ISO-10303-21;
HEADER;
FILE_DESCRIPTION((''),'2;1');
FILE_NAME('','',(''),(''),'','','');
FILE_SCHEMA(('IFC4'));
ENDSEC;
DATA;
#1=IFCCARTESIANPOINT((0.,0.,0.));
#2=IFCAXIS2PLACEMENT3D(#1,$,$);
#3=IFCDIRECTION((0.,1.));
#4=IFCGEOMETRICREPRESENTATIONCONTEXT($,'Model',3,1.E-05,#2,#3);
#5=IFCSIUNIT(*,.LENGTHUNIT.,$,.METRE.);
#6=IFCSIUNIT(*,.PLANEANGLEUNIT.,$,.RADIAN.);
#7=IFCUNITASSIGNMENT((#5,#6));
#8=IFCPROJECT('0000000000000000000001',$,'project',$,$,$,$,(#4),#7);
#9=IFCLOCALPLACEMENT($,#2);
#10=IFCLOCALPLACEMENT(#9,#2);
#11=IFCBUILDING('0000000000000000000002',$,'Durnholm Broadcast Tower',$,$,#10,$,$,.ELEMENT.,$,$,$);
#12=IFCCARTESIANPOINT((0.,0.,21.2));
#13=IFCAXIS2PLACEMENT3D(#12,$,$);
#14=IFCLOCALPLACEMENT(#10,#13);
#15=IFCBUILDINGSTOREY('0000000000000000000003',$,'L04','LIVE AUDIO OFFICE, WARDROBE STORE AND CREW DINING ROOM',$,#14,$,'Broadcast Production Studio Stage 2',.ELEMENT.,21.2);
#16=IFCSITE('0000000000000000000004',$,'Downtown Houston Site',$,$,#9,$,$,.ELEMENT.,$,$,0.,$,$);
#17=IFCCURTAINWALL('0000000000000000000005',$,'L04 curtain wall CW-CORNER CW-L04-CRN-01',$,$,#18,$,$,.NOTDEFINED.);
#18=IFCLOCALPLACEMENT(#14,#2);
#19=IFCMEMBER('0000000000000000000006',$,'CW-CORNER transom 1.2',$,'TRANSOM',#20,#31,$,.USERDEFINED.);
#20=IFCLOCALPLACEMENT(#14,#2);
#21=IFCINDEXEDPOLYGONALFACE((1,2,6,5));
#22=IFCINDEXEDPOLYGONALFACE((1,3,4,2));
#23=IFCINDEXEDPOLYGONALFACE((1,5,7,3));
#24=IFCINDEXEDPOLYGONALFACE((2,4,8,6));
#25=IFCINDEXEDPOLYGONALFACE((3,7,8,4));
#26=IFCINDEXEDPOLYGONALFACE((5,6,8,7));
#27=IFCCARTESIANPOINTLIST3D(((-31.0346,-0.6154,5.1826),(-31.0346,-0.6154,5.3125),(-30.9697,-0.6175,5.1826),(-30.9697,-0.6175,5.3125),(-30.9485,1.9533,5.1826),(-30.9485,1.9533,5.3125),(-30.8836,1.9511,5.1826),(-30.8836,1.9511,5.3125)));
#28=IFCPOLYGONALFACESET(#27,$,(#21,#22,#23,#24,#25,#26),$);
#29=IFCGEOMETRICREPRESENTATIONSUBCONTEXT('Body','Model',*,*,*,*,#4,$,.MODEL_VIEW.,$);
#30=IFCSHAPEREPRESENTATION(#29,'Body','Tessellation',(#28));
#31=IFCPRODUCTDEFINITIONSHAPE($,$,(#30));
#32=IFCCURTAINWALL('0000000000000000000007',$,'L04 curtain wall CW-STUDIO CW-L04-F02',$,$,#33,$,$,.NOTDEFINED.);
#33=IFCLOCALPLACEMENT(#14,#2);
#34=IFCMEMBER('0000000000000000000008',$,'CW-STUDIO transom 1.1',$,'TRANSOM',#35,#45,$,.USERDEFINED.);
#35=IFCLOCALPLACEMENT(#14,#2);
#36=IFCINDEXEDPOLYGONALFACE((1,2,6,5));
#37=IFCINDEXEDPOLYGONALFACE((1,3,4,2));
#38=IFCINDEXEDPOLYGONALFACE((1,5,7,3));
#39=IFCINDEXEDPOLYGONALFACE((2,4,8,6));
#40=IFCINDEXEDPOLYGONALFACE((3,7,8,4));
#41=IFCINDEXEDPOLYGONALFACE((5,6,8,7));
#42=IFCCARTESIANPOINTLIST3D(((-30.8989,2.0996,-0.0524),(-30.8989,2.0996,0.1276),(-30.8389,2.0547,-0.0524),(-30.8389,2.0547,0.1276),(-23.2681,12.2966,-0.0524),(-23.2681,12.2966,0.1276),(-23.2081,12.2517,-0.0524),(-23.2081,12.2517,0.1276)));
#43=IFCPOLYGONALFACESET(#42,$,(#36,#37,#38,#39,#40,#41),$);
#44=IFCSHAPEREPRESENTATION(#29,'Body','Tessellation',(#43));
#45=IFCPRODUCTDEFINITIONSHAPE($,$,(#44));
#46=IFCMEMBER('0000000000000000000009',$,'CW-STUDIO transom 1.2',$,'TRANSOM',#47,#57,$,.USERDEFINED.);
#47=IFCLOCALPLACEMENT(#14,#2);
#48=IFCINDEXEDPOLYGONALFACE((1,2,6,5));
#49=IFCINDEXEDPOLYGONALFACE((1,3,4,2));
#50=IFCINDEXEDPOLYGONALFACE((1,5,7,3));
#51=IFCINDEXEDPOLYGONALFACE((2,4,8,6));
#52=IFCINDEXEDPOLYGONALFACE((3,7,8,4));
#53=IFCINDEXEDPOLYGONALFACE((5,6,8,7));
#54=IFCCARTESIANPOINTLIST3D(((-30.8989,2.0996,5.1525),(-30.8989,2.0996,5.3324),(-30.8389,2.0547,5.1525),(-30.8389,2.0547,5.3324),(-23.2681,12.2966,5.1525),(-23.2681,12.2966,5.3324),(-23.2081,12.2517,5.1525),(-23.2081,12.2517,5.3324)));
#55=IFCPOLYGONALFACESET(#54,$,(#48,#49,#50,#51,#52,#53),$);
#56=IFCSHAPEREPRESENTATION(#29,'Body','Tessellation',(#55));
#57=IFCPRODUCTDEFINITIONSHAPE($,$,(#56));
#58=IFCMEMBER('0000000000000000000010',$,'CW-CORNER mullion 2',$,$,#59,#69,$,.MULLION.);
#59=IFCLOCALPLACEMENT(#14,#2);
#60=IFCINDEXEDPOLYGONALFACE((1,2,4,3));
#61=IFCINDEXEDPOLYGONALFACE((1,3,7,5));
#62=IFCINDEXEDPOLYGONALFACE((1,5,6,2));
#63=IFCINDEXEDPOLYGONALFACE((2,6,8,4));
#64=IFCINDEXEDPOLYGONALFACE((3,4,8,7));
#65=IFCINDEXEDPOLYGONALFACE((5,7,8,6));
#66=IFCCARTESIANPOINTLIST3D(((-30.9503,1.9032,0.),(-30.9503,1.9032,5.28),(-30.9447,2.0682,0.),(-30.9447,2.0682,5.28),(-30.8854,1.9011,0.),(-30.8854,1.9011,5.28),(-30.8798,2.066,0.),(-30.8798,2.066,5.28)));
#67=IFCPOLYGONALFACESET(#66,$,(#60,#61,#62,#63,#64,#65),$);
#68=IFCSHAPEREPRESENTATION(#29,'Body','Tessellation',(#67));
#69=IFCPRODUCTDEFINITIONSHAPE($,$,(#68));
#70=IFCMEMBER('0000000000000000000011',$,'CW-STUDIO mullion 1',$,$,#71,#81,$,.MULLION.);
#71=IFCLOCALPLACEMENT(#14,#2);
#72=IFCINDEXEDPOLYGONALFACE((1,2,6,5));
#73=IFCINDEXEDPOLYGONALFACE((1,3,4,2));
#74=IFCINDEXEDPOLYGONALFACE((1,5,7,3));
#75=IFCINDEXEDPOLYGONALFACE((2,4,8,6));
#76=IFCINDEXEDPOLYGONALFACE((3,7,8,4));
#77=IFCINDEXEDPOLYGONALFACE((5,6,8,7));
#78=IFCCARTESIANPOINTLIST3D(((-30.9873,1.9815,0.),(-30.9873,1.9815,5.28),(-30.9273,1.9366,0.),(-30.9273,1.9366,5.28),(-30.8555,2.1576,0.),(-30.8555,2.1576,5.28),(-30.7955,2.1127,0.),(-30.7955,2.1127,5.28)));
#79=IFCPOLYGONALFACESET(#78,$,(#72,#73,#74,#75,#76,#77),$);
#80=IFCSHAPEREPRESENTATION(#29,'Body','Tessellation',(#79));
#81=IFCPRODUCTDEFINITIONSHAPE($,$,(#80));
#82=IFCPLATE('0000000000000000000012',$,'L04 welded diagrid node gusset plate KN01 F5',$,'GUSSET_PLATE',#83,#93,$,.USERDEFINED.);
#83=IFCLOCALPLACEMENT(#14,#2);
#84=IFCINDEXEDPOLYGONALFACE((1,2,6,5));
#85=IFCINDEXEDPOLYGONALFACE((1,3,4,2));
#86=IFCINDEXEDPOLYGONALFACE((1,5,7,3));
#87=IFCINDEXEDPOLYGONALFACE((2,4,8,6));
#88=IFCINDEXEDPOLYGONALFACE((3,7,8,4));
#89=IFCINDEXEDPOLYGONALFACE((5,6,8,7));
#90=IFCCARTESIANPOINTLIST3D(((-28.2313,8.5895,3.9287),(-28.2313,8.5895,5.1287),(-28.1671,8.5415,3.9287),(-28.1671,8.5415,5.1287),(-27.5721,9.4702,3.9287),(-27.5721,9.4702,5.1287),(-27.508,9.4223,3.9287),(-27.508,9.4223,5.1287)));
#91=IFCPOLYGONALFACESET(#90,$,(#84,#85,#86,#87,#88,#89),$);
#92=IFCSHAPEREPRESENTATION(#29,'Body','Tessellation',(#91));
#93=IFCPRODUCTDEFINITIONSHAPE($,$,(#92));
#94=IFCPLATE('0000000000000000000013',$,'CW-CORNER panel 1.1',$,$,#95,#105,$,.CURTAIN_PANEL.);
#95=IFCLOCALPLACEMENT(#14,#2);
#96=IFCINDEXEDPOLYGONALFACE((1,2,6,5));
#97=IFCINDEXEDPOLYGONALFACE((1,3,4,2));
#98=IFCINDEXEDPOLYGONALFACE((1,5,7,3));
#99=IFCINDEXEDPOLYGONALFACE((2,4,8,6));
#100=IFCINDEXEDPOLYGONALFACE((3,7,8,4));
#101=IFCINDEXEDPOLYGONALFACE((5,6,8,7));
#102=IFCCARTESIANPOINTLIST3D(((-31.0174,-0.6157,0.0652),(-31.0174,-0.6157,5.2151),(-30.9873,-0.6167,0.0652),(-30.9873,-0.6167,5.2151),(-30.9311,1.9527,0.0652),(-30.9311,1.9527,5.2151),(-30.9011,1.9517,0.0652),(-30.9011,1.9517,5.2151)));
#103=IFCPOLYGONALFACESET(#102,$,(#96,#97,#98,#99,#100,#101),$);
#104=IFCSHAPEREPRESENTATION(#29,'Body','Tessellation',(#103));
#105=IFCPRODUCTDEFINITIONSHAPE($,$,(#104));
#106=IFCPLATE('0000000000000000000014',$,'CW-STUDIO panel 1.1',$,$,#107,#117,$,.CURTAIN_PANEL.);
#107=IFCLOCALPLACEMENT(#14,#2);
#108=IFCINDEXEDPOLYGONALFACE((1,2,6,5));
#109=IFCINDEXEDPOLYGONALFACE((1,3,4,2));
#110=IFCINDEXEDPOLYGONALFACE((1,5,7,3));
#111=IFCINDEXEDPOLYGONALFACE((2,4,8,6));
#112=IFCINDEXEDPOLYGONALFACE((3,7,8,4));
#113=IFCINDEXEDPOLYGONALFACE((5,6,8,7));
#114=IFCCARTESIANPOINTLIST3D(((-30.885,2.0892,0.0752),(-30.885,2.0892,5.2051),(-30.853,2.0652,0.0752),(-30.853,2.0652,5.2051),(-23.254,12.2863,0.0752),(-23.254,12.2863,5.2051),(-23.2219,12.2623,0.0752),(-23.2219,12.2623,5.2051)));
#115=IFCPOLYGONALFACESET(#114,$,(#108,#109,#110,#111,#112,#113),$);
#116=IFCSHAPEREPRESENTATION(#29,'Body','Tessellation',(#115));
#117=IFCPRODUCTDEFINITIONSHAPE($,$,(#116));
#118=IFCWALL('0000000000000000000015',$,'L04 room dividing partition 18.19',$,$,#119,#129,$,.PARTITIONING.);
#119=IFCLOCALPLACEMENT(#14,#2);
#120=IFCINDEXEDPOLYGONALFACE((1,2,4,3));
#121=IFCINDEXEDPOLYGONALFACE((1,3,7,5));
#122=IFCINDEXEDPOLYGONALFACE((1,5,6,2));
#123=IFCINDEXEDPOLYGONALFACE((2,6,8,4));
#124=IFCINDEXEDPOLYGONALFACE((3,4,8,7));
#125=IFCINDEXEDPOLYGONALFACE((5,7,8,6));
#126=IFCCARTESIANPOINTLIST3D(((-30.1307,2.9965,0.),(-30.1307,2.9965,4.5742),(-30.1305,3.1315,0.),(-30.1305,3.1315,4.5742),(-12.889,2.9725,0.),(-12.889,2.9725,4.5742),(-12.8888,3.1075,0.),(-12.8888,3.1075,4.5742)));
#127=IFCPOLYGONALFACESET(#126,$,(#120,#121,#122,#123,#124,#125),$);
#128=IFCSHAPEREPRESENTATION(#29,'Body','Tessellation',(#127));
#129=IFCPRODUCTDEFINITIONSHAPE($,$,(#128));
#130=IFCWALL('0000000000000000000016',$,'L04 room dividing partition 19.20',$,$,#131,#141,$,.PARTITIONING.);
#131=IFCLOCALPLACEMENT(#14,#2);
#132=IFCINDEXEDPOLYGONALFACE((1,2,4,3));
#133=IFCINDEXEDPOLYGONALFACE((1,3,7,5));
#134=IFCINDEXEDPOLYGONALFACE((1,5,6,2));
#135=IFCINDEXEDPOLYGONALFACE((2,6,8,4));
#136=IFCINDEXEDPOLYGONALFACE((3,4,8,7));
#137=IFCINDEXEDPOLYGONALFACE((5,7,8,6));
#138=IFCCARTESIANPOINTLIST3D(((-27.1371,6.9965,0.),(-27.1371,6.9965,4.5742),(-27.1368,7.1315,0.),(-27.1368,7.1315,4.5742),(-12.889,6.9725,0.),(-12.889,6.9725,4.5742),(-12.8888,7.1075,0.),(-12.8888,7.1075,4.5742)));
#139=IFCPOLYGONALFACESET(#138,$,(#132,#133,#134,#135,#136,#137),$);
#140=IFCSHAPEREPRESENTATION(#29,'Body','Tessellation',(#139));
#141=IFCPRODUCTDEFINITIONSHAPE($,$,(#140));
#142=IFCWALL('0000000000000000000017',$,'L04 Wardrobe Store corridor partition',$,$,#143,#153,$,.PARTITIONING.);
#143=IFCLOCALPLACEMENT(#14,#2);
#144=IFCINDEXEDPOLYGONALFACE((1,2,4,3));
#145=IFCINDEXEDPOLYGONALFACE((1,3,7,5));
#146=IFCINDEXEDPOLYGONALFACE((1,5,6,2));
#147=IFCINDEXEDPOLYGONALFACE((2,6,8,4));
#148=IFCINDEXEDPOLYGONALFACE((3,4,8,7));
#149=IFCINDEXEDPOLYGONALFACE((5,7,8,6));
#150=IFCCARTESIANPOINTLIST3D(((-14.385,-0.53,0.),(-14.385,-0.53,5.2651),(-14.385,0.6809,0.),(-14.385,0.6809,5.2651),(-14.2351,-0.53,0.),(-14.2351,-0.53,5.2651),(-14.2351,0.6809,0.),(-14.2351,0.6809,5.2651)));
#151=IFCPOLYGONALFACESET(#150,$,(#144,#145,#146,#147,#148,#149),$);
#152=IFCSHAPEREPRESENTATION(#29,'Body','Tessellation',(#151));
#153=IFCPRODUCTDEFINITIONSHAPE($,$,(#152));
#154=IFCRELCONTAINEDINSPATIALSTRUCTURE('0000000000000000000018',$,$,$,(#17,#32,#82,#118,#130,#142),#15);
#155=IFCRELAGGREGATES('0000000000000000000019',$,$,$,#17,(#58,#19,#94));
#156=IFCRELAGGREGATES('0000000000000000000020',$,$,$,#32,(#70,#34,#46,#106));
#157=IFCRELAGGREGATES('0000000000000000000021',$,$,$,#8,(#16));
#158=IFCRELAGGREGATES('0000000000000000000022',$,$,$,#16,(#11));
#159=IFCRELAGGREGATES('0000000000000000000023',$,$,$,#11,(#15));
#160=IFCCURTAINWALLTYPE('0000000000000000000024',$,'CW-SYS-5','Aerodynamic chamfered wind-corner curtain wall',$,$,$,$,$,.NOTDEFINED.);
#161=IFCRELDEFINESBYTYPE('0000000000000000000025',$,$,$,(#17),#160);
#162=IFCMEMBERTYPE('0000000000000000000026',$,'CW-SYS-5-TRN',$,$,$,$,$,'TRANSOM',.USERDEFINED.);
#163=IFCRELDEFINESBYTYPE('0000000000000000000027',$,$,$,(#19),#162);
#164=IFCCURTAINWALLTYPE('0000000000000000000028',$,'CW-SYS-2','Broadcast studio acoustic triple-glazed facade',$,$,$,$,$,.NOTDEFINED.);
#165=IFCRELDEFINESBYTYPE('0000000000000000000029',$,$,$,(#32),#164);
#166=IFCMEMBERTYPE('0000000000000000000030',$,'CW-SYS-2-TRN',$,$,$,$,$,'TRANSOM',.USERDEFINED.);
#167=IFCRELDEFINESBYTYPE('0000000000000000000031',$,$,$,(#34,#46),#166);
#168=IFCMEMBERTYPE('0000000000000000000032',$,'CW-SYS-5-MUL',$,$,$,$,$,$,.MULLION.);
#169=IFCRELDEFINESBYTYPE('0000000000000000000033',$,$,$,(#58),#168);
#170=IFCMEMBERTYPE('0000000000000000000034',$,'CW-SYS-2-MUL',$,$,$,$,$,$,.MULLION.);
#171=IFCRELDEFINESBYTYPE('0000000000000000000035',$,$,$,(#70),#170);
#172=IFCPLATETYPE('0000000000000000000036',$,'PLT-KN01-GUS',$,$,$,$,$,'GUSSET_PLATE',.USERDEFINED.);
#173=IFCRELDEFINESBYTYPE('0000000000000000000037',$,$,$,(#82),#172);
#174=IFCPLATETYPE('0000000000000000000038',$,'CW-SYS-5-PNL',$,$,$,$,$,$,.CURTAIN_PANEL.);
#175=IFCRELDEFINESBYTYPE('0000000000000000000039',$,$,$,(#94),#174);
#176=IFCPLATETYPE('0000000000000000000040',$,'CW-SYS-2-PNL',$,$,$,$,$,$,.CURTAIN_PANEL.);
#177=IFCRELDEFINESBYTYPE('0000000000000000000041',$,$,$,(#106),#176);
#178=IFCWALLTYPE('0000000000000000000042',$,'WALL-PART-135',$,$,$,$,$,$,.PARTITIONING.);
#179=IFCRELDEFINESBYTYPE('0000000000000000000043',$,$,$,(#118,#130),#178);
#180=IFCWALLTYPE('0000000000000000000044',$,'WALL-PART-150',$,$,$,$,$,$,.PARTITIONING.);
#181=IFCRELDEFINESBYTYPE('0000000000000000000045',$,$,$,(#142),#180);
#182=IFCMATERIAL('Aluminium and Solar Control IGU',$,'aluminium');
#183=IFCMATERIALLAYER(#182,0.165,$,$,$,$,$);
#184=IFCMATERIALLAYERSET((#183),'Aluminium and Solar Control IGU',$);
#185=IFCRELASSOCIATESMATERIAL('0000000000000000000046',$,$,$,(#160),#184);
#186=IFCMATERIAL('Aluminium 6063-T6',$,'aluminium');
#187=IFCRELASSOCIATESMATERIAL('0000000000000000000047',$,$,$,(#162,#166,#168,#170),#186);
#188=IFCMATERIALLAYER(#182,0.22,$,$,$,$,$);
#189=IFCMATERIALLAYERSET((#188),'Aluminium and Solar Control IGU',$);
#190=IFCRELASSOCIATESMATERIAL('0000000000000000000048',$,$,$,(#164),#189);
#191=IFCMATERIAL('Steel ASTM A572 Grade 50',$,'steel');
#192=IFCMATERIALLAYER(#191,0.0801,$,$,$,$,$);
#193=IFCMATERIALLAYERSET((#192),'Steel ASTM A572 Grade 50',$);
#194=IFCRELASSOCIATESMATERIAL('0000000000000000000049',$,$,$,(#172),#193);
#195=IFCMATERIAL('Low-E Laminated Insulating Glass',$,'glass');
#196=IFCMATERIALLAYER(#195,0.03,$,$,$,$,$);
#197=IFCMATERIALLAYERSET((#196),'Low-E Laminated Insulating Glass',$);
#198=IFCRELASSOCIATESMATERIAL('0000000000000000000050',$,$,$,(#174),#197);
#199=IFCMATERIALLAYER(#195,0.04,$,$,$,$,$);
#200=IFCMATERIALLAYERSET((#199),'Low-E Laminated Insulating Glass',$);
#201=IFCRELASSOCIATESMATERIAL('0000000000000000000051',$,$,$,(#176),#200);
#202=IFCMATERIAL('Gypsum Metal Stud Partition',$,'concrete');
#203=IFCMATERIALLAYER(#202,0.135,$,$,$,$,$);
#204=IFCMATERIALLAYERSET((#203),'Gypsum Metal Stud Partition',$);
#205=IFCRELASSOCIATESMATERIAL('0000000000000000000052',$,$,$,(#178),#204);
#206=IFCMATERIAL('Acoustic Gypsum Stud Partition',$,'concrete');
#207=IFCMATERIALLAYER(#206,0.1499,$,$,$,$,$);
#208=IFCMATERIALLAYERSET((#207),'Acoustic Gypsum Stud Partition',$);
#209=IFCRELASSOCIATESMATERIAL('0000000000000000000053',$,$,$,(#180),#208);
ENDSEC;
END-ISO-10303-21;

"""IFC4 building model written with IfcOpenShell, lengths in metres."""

from ifc_helpers import new_model, si_unit, direction, frame, frame_2d, origin, origin_2d, place, context, subcontext, project, spatial, rectangle, extrude, source, transform, mapped, material, layer, layer_set, material_profile, profile_set, type_object, type_shapes, element, aggregate, save


model = new_model("IFC4")

# Units and contexts
model_context = context("Model", 3, precision=1e-05, world=origin(), true_north=direction((0.0, 1.0)))
body_context = subcontext(model_context, "Body", "Model", "MODEL_VIEW")
ifc_project = project(units=[si_unit("LENGTHUNIT", "METRE"), si_unit("PLANEANGLEUNIT", "RADIAN")], contexts=[model_context])

# Site, building, storey
site_placement = place(None, origin())
site = spatial("IfcSite", under=ifc_project, at=site_placement, Name="Downtown Houston Site", CompositionType="ELEMENT", RefElevation=0.0)
building_placement = place(site_placement, origin())
building = spatial("IfcBuilding", under=site, at=building_placement, Name="Durnholm Broadcast Tower", CompositionType="ELEMENT")
storey_placement = place(building_placement, frame((0.0, 0.0, 21.2)))
storey = spatial("IfcBuildingStorey", under=building, at=storey_placement, Name="L04", Description="LIVE AUDIO OFFICE, WARDROBE STORE AND CREW DINING ROOM", LongName="Broadcast Production Studio Stage 2", CompositionType="ELEMENT", Elevation=21.2)

# Curtain wall, member
ifc_material_1 = material(Name="Aluminium and Solar Control IGU", Category="aluminium")
ifc_layer_1 = layer(ifc_material_1, 0.165)
ifc_layer_set_1 = layer_set([ifc_layer_1], Name="Aluminium and Solar Control IGU")
curtain_wall_type_1 = type_object("IfcCurtainWallType", Name="CW-SYS-5", Description="Aerodynamic chamfered wind-corner curtain wall", PredefinedType="NOTDEFINED", material=ifc_layer_set_1)
curtain_wall_1_placement = place(storey_placement, origin())
curtain_wall_1 = element("IfcCurtainWall", 1, at=curtain_wall_1_placement, inside=storey, type_object=curtain_wall_type_1, Name="L04 curtain wall CW-CORNER CW-L04-CRN-01", PredefinedType="NOTDEFINED")
ifc_material_2 = material(Name="Aluminium 6063-T6", Category="aluminium")
ifc_material_profile_1 = material_profile(ifc_material_2, rectangle(XDim=0.0649, YDim=0.1299, at=origin_2d()), Name="CWT65X130")
ifc_profile_set_1 = profile_set([ifc_material_profile_1], Name="Aluminium 6063-T6")
member_type_1 = type_object("IfcMemberType", Name="CW-SYS-5-TRN", ElementType="TRANSOM", PredefinedType="USERDEFINED", material=ifc_profile_set_1)
shared_shape_1 = source(origin(), body_context, "Body", "SweptSolid", [
    extrude(rectangle(XDim=0.0649, YDim=0.1299, at=origin_2d()), origin(), (0.0, 0.0, 1.0), 2.5701),
])
type_shapes(member_type_1, [shared_shape_1])
member_1_placement = place(storey_placement, frame((-31.0022, -0.6165, 5.2476), z_axis=(0.033533, 0.999438, 0.0), x_axis=(-0.999438, 0.033533, 0.0)))
member_1 = element("IfcMember", 2, at=member_1_placement, type_object=member_type_1, Name="CW-CORNER transom 1.2", ObjectType="TRANSOM", PredefinedType="USERDEFINED", context=body_context, shape_type="MappedRepresentation", body=[
    mapped(shared_shape_1, transform((0.0, 0.0, 0.0), x_axis=(1.0, 0.0, 0.0), y_axis=(0.0, 1.0, 0.0), z_axis=(0.0, 0.0, 1.0), scale=1.0)),
])

# Curtain wall, members
ifc_layer_2 = layer(ifc_material_1, 0.22)
ifc_layer_set_2 = layer_set([ifc_layer_2], Name="Aluminium and Solar Control IGU")
curtain_wall_type_2 = type_object("IfcCurtainWallType", Name="CW-SYS-2", Description="Broadcast studio acoustic triple-glazed facade", PredefinedType="NOTDEFINED", material=ifc_layer_set_2)
curtain_wall_2_placement = place(storey_placement, origin())
curtain_wall_2 = element("IfcCurtainWall", 3, at=curtain_wall_2_placement, inside=storey, type_object=curtain_wall_type_2, Name="L04 curtain wall CW-STUDIO CW-L04-F02", PredefinedType="NOTDEFINED")
ifc_material_profile_2 = material_profile(ifc_material_2, rectangle(XDim=0.075, YDim=0.1799, at=origin_2d()), Name="CWT75X180")
ifc_profile_set_2 = profile_set([ifc_material_profile_2], Name="Aluminium 6063-T6")
member_type_2 = type_object("IfcMemberType", Name="CW-SYS-2-TRN", ElementType="TRANSOM", PredefinedType="USERDEFINED", material=ifc_profile_set_2)
shared_shape_2 = source(origin(), body_context, "Body", "SweptSolid", [
    extrude(rectangle(XDim=0.075, YDim=0.1799, at=origin_2d()), origin(), (0.0, 0.0, 1.0), 12.7361),
])
type_shapes(member_type_2, [shared_shape_2])
member_2_placement = place(storey_placement, frame((-30.8689, 2.0771, 0.0376), z_axis=(0.59915, 0.800637, 0.0), x_axis=(-0.800637, 0.59915, 0.0)))
member_2 = element("IfcMember", 4, at=member_2_placement, type_object=member_type_2, Name="CW-STUDIO transom 1.1", ObjectType="TRANSOM", PredefinedType="USERDEFINED", context=body_context, shape_type="MappedRepresentation", body=[
    mapped(shared_shape_2, transform((0.0, 0.0, 0.0), x_axis=(1.0, 0.0, 0.0), y_axis=(0.0, 1.0, 0.0), z_axis=(0.0, 0.0, 1.0), scale=1.0)),
])
member_3_placement = place(storey_placement, frame((-30.8689, 2.0771, 5.2424), z_axis=(0.59915, 0.800637, 0.0), x_axis=(-0.800637, 0.59915, 0.0)))
member_3 = element("IfcMember", 5, at=member_3_placement, type_object=member_type_2, Name="CW-STUDIO transom 1.2", ObjectType="TRANSOM", PredefinedType="USERDEFINED", context=body_context, shape_type="MappedRepresentation", body=[
    mapped(shared_shape_2, transform((0.0, 0.0, 0.0), x_axis=(1.0, 0.0, 0.0), y_axis=(0.0, 1.0, 0.0), z_axis=(0.0, 0.0, 1.0), scale=1.0)),
])

# Members
ifc_material_profile_3 = material_profile(ifc_material_2, rectangle(XDim=0.0649, YDim=0.165, at=origin_2d()), Name="CWM65X165")
ifc_profile_set_3 = profile_set([ifc_material_profile_3], Name="Aluminium 6063-T6")
member_type_3 = type_object("IfcMemberType", Name="CW-SYS-5-MUL", PredefinedType="MULLION", material=ifc_profile_set_3)
shared_shape_3 = source(origin(), body_context, "Body", "SweptSolid", [
    extrude(rectangle(XDim=0.0649, YDim=0.165, at=origin_2d()), origin(), (0.0, 0.0, 1.0), 5.28),
])
type_shapes(member_type_3, [shared_shape_3])
member_4_placement = place(storey_placement, frame((-30.915, 1.9846, 0.0), z_axis=(0.0, 0.0, 1.0), x_axis=(-0.999437, 0.033557, 0.0)))
member_4 = element("IfcMember", 6, at=member_4_placement, type_object=member_type_3, Name="CW-CORNER mullion 2", PredefinedType="MULLION", context=body_context, shape_type="MappedRepresentation", body=[
    mapped(shared_shape_3, transform((0.0, 0.0, 0.0), x_axis=(1.0, 0.0, 0.0), y_axis=(0.0, 1.0, 0.0), z_axis=(0.0, 0.0, 1.0), scale=1.0)),
])
ifc_material_profile_4 = material_profile(ifc_material_2, rectangle(XDim=0.075, YDim=0.22, at=origin_2d()), Name="CWM75X220")
ifc_profile_set_4 = profile_set([ifc_material_profile_4], Name="Aluminium 6063-T6")
member_type_4 = type_object("IfcMemberType", Name="CW-SYS-2-MUL", PredefinedType="MULLION", material=ifc_profile_set_4)
shared_shape_4 = source(origin(), body_context, "Body", "SweptSolid", [
    extrude(rectangle(XDim=0.075, YDim=0.22, at=origin_2d()), origin(), (0.0, 0.0, 1.0), 5.28),
])
type_shapes(member_type_4, [shared_shape_4])
member_5_placement = place(storey_placement, frame((-30.8914, 2.0471, 0.0), z_axis=(0.0, 0.0, 1.0), x_axis=(-0.800632, 0.599157, 0.0)))
member_5 = element("IfcMember", 7, at=member_5_placement, type_object=member_type_4, Name="CW-STUDIO mullion 1", PredefinedType="MULLION", context=body_context, shape_type="MappedRepresentation", body=[
    mapped(shared_shape_4, transform((0.0, 0.0, 0.0), x_axis=(1.0, 0.0, 0.0), y_axis=(0.0, 1.0, 0.0), z_axis=(0.0, 0.0, 1.0), scale=1.0)),
])

# Plates
ifc_material_3 = material(Name="Steel ASTM A572 Grade 50", Category="steel")
ifc_layer_3 = layer(ifc_material_3, 0.0801)
ifc_layer_set_3 = layer_set([ifc_layer_3], Name="Steel ASTM A572 Grade 50")
plate_type_1 = type_object("IfcPlateType", Name="PLT-KN01-GUS", ElementType="GUSSET_PLATE", PredefinedType="USERDEFINED", material=ifc_layer_set_3)
shared_shape_5 = source(origin(), body_context, "Body", "SweptSolid", [
    extrude(rectangle(XDim=1.1001, YDim=0.0801, at=origin_2d()), origin(), (0.0, 0.0, 1.0), 1.2),
])
type_shapes(plate_type_1, [shared_shape_5])
plate_1_placement = place(storey_placement, frame((-27.8696, 9.0059, 3.9287), z_axis=(0.0, 0.0, 1.0), x_axis=(-0.599163, -0.800627, 0.0)))
element("IfcPlate", 8, at=plate_1_placement, inside=storey, type_object=plate_type_1, Name="L04 welded diagrid node gusset plate KN01 F5", ObjectType="GUSSET_PLATE", PredefinedType="USERDEFINED", context=body_context, shape_type="MappedRepresentation", body=[
    mapped(shared_shape_5, transform((0.0, 0.0, 0.0), x_axis=(1.0, 0.0, 0.0), y_axis=(0.0, 1.0, 0.0), z_axis=(0.0, 0.0, 1.0), scale=1.0)),
])
ifc_material_4 = material(Name="Low-E Laminated Insulating Glass", Category="glass")
ifc_layer_4 = layer(ifc_material_4, 0.03)
ifc_layer_set_4 = layer_set([ifc_layer_4], Name="Low-E Laminated Insulating Glass")
plate_type_2 = type_object("IfcPlateType", Name="CW-SYS-5-PNL", PredefinedType="CURTAIN_PANEL", material=ifc_layer_set_4)
shared_shape_6 = source(origin(), body_context, "Body", "SweptSolid", [
    extrude(rectangle(XDim=2.5698, YDim=0.03, at=origin_2d()), origin(), (0.0, 0.0, 1.0), 5.1499),
])
type_shapes(plate_type_2, [shared_shape_6])
plate_2_placement = place(storey_placement, frame((-30.9592, 0.668, 0.0652), z_axis=(0.0, 0.0, 1.0), x_axis=(0.033557, 0.999437, 0.0)))
plate_2 = element("IfcPlate", 9, at=plate_2_placement, type_object=plate_type_2, Name="CW-CORNER panel 1.1", PredefinedType="CURTAIN_PANEL", context=body_context, shape_type="MappedRepresentation", body=[
    mapped(shared_shape_6, transform((0.0, 0.0, 0.0), x_axis=(1.0, 0.0, 0.0), y_axis=(0.0, 1.0, 0.0), z_axis=(0.0, 0.0, 1.0), scale=1.0)),
])
aggregate(curtain_wall_1, [member_4, member_1, plate_2])
ifc_layer_5 = layer(ifc_material_4, 0.04)
ifc_layer_set_5 = layer_set([ifc_layer_5], Name="Low-E Laminated Insulating Glass")
plate_type_3 = type_object("IfcPlateType", Name="CW-SYS-2-PNL", PredefinedType="CURTAIN_PANEL", material=ifc_layer_set_5)
shared_shape_7 = source(origin(), body_context, "Body", "SweptSolid", [
    extrude(rectangle(XDim=12.7363, YDim=0.04, at=origin_2d()), origin(), (0.0, 0.0, 1.0), 5.1299),
])
type_shapes(plate_type_3, [shared_shape_7])
plate_3_placement = place(storey_placement, frame((-27.0535, 7.1758, 0.0752), z_axis=(0.0, 0.0, 1.0), x_axis=(0.599157, 0.800632, 0.0)))
plate_3 = element("IfcPlate", 10, at=plate_3_placement, type_object=plate_type_3, Name="CW-STUDIO panel 1.1", PredefinedType="CURTAIN_PANEL", context=body_context, shape_type="MappedRepresentation", body=[
    mapped(shared_shape_7, transform((0.0, 0.0, 0.0), x_axis=(1.0, 0.0, 0.0), y_axis=(0.0, 1.0, 0.0), z_axis=(0.0, 0.0, 1.0), scale=1.0)),
])
aggregate(curtain_wall_2, [member_5, member_2, member_3, plate_3])

# Walls
ifc_material_5 = material(Name="Gypsum Metal Stud Partition", Category="concrete")
ifc_layer_6 = layer(ifc_material_5, 0.135)
ifc_layer_set_6 = layer_set([ifc_layer_6], Name="Gypsum Metal Stud Partition")
wall_type_1 = type_object("IfcWallType", Name="WALL-PART-135", PredefinedType="PARTITIONING", material=ifc_layer_set_6)
wall_1_placement = place(storey_placement, frame((-30.1306, 3.064, 0.0), z_axis=(0.0, 0.0, 1.0), x_axis=(0.999999, -0.001388, 0.0)))
element("IfcWall", 11, at=wall_1_placement, inside=storey, type_object=wall_type_1, Name="L04 room dividing partition 18.19", PredefinedType="PARTITIONING", context=body_context, shape_type="SweptSolid", body=[
    extrude(rectangle(XDim=17.2417, YDim=0.135, at=frame_2d((8.6208, 0.0))), origin(), (0.0, 0.0, 1.0), 4.5742),
])
wall_2_placement = place(storey_placement, frame((-27.137, 7.064, 0.0), z_axis=(0.0, 0.0, 1.0), x_axis=(0.999999, -0.001679, 0.0)))
element("IfcWall", 12, at=wall_2_placement, inside=storey, type_object=wall_type_1, Name="L04 room dividing partition 19.20", PredefinedType="PARTITIONING", context=body_context, shape_type="SweptSolid", body=[
    extrude(rectangle(XDim=14.248, YDim=0.135, at=frame_2d((7.124, 0.0))), origin(), (0.0, 0.0, 1.0), 4.5742),
])
ifc_material_6 = material(Name="Acoustic Gypsum Stud Partition", Category="concrete")
ifc_layer_7 = layer(ifc_material_6, 0.1499)
ifc_layer_set_7 = layer_set([ifc_layer_7], Name="Acoustic Gypsum Stud Partition")
wall_type_2 = type_object("IfcWallType", Name="WALL-PART-150", PredefinedType="PARTITIONING", material=ifc_layer_set_7)
wall_3_placement = place(storey_placement, frame((-14.3101, 0.6809, 0.0), z_axis=(0.0, 0.0, 1.0), x_axis=(0.0, -1.0, 0.0)))
element("IfcWall", 13, at=wall_3_placement, inside=storey, type_object=wall_type_2, Name="L04 Wardrobe Store corridor partition", PredefinedType="PARTITIONING", context=body_context, shape_type="SweptSolid", body=[
    extrude(rectangle(XDim=1.2109, YDim=0.1499, at=frame_2d((0.6055, 0.0))), origin(), (0.0, 0.0, 1.0), 5.2651),
])

save(model, "model.ifc")
